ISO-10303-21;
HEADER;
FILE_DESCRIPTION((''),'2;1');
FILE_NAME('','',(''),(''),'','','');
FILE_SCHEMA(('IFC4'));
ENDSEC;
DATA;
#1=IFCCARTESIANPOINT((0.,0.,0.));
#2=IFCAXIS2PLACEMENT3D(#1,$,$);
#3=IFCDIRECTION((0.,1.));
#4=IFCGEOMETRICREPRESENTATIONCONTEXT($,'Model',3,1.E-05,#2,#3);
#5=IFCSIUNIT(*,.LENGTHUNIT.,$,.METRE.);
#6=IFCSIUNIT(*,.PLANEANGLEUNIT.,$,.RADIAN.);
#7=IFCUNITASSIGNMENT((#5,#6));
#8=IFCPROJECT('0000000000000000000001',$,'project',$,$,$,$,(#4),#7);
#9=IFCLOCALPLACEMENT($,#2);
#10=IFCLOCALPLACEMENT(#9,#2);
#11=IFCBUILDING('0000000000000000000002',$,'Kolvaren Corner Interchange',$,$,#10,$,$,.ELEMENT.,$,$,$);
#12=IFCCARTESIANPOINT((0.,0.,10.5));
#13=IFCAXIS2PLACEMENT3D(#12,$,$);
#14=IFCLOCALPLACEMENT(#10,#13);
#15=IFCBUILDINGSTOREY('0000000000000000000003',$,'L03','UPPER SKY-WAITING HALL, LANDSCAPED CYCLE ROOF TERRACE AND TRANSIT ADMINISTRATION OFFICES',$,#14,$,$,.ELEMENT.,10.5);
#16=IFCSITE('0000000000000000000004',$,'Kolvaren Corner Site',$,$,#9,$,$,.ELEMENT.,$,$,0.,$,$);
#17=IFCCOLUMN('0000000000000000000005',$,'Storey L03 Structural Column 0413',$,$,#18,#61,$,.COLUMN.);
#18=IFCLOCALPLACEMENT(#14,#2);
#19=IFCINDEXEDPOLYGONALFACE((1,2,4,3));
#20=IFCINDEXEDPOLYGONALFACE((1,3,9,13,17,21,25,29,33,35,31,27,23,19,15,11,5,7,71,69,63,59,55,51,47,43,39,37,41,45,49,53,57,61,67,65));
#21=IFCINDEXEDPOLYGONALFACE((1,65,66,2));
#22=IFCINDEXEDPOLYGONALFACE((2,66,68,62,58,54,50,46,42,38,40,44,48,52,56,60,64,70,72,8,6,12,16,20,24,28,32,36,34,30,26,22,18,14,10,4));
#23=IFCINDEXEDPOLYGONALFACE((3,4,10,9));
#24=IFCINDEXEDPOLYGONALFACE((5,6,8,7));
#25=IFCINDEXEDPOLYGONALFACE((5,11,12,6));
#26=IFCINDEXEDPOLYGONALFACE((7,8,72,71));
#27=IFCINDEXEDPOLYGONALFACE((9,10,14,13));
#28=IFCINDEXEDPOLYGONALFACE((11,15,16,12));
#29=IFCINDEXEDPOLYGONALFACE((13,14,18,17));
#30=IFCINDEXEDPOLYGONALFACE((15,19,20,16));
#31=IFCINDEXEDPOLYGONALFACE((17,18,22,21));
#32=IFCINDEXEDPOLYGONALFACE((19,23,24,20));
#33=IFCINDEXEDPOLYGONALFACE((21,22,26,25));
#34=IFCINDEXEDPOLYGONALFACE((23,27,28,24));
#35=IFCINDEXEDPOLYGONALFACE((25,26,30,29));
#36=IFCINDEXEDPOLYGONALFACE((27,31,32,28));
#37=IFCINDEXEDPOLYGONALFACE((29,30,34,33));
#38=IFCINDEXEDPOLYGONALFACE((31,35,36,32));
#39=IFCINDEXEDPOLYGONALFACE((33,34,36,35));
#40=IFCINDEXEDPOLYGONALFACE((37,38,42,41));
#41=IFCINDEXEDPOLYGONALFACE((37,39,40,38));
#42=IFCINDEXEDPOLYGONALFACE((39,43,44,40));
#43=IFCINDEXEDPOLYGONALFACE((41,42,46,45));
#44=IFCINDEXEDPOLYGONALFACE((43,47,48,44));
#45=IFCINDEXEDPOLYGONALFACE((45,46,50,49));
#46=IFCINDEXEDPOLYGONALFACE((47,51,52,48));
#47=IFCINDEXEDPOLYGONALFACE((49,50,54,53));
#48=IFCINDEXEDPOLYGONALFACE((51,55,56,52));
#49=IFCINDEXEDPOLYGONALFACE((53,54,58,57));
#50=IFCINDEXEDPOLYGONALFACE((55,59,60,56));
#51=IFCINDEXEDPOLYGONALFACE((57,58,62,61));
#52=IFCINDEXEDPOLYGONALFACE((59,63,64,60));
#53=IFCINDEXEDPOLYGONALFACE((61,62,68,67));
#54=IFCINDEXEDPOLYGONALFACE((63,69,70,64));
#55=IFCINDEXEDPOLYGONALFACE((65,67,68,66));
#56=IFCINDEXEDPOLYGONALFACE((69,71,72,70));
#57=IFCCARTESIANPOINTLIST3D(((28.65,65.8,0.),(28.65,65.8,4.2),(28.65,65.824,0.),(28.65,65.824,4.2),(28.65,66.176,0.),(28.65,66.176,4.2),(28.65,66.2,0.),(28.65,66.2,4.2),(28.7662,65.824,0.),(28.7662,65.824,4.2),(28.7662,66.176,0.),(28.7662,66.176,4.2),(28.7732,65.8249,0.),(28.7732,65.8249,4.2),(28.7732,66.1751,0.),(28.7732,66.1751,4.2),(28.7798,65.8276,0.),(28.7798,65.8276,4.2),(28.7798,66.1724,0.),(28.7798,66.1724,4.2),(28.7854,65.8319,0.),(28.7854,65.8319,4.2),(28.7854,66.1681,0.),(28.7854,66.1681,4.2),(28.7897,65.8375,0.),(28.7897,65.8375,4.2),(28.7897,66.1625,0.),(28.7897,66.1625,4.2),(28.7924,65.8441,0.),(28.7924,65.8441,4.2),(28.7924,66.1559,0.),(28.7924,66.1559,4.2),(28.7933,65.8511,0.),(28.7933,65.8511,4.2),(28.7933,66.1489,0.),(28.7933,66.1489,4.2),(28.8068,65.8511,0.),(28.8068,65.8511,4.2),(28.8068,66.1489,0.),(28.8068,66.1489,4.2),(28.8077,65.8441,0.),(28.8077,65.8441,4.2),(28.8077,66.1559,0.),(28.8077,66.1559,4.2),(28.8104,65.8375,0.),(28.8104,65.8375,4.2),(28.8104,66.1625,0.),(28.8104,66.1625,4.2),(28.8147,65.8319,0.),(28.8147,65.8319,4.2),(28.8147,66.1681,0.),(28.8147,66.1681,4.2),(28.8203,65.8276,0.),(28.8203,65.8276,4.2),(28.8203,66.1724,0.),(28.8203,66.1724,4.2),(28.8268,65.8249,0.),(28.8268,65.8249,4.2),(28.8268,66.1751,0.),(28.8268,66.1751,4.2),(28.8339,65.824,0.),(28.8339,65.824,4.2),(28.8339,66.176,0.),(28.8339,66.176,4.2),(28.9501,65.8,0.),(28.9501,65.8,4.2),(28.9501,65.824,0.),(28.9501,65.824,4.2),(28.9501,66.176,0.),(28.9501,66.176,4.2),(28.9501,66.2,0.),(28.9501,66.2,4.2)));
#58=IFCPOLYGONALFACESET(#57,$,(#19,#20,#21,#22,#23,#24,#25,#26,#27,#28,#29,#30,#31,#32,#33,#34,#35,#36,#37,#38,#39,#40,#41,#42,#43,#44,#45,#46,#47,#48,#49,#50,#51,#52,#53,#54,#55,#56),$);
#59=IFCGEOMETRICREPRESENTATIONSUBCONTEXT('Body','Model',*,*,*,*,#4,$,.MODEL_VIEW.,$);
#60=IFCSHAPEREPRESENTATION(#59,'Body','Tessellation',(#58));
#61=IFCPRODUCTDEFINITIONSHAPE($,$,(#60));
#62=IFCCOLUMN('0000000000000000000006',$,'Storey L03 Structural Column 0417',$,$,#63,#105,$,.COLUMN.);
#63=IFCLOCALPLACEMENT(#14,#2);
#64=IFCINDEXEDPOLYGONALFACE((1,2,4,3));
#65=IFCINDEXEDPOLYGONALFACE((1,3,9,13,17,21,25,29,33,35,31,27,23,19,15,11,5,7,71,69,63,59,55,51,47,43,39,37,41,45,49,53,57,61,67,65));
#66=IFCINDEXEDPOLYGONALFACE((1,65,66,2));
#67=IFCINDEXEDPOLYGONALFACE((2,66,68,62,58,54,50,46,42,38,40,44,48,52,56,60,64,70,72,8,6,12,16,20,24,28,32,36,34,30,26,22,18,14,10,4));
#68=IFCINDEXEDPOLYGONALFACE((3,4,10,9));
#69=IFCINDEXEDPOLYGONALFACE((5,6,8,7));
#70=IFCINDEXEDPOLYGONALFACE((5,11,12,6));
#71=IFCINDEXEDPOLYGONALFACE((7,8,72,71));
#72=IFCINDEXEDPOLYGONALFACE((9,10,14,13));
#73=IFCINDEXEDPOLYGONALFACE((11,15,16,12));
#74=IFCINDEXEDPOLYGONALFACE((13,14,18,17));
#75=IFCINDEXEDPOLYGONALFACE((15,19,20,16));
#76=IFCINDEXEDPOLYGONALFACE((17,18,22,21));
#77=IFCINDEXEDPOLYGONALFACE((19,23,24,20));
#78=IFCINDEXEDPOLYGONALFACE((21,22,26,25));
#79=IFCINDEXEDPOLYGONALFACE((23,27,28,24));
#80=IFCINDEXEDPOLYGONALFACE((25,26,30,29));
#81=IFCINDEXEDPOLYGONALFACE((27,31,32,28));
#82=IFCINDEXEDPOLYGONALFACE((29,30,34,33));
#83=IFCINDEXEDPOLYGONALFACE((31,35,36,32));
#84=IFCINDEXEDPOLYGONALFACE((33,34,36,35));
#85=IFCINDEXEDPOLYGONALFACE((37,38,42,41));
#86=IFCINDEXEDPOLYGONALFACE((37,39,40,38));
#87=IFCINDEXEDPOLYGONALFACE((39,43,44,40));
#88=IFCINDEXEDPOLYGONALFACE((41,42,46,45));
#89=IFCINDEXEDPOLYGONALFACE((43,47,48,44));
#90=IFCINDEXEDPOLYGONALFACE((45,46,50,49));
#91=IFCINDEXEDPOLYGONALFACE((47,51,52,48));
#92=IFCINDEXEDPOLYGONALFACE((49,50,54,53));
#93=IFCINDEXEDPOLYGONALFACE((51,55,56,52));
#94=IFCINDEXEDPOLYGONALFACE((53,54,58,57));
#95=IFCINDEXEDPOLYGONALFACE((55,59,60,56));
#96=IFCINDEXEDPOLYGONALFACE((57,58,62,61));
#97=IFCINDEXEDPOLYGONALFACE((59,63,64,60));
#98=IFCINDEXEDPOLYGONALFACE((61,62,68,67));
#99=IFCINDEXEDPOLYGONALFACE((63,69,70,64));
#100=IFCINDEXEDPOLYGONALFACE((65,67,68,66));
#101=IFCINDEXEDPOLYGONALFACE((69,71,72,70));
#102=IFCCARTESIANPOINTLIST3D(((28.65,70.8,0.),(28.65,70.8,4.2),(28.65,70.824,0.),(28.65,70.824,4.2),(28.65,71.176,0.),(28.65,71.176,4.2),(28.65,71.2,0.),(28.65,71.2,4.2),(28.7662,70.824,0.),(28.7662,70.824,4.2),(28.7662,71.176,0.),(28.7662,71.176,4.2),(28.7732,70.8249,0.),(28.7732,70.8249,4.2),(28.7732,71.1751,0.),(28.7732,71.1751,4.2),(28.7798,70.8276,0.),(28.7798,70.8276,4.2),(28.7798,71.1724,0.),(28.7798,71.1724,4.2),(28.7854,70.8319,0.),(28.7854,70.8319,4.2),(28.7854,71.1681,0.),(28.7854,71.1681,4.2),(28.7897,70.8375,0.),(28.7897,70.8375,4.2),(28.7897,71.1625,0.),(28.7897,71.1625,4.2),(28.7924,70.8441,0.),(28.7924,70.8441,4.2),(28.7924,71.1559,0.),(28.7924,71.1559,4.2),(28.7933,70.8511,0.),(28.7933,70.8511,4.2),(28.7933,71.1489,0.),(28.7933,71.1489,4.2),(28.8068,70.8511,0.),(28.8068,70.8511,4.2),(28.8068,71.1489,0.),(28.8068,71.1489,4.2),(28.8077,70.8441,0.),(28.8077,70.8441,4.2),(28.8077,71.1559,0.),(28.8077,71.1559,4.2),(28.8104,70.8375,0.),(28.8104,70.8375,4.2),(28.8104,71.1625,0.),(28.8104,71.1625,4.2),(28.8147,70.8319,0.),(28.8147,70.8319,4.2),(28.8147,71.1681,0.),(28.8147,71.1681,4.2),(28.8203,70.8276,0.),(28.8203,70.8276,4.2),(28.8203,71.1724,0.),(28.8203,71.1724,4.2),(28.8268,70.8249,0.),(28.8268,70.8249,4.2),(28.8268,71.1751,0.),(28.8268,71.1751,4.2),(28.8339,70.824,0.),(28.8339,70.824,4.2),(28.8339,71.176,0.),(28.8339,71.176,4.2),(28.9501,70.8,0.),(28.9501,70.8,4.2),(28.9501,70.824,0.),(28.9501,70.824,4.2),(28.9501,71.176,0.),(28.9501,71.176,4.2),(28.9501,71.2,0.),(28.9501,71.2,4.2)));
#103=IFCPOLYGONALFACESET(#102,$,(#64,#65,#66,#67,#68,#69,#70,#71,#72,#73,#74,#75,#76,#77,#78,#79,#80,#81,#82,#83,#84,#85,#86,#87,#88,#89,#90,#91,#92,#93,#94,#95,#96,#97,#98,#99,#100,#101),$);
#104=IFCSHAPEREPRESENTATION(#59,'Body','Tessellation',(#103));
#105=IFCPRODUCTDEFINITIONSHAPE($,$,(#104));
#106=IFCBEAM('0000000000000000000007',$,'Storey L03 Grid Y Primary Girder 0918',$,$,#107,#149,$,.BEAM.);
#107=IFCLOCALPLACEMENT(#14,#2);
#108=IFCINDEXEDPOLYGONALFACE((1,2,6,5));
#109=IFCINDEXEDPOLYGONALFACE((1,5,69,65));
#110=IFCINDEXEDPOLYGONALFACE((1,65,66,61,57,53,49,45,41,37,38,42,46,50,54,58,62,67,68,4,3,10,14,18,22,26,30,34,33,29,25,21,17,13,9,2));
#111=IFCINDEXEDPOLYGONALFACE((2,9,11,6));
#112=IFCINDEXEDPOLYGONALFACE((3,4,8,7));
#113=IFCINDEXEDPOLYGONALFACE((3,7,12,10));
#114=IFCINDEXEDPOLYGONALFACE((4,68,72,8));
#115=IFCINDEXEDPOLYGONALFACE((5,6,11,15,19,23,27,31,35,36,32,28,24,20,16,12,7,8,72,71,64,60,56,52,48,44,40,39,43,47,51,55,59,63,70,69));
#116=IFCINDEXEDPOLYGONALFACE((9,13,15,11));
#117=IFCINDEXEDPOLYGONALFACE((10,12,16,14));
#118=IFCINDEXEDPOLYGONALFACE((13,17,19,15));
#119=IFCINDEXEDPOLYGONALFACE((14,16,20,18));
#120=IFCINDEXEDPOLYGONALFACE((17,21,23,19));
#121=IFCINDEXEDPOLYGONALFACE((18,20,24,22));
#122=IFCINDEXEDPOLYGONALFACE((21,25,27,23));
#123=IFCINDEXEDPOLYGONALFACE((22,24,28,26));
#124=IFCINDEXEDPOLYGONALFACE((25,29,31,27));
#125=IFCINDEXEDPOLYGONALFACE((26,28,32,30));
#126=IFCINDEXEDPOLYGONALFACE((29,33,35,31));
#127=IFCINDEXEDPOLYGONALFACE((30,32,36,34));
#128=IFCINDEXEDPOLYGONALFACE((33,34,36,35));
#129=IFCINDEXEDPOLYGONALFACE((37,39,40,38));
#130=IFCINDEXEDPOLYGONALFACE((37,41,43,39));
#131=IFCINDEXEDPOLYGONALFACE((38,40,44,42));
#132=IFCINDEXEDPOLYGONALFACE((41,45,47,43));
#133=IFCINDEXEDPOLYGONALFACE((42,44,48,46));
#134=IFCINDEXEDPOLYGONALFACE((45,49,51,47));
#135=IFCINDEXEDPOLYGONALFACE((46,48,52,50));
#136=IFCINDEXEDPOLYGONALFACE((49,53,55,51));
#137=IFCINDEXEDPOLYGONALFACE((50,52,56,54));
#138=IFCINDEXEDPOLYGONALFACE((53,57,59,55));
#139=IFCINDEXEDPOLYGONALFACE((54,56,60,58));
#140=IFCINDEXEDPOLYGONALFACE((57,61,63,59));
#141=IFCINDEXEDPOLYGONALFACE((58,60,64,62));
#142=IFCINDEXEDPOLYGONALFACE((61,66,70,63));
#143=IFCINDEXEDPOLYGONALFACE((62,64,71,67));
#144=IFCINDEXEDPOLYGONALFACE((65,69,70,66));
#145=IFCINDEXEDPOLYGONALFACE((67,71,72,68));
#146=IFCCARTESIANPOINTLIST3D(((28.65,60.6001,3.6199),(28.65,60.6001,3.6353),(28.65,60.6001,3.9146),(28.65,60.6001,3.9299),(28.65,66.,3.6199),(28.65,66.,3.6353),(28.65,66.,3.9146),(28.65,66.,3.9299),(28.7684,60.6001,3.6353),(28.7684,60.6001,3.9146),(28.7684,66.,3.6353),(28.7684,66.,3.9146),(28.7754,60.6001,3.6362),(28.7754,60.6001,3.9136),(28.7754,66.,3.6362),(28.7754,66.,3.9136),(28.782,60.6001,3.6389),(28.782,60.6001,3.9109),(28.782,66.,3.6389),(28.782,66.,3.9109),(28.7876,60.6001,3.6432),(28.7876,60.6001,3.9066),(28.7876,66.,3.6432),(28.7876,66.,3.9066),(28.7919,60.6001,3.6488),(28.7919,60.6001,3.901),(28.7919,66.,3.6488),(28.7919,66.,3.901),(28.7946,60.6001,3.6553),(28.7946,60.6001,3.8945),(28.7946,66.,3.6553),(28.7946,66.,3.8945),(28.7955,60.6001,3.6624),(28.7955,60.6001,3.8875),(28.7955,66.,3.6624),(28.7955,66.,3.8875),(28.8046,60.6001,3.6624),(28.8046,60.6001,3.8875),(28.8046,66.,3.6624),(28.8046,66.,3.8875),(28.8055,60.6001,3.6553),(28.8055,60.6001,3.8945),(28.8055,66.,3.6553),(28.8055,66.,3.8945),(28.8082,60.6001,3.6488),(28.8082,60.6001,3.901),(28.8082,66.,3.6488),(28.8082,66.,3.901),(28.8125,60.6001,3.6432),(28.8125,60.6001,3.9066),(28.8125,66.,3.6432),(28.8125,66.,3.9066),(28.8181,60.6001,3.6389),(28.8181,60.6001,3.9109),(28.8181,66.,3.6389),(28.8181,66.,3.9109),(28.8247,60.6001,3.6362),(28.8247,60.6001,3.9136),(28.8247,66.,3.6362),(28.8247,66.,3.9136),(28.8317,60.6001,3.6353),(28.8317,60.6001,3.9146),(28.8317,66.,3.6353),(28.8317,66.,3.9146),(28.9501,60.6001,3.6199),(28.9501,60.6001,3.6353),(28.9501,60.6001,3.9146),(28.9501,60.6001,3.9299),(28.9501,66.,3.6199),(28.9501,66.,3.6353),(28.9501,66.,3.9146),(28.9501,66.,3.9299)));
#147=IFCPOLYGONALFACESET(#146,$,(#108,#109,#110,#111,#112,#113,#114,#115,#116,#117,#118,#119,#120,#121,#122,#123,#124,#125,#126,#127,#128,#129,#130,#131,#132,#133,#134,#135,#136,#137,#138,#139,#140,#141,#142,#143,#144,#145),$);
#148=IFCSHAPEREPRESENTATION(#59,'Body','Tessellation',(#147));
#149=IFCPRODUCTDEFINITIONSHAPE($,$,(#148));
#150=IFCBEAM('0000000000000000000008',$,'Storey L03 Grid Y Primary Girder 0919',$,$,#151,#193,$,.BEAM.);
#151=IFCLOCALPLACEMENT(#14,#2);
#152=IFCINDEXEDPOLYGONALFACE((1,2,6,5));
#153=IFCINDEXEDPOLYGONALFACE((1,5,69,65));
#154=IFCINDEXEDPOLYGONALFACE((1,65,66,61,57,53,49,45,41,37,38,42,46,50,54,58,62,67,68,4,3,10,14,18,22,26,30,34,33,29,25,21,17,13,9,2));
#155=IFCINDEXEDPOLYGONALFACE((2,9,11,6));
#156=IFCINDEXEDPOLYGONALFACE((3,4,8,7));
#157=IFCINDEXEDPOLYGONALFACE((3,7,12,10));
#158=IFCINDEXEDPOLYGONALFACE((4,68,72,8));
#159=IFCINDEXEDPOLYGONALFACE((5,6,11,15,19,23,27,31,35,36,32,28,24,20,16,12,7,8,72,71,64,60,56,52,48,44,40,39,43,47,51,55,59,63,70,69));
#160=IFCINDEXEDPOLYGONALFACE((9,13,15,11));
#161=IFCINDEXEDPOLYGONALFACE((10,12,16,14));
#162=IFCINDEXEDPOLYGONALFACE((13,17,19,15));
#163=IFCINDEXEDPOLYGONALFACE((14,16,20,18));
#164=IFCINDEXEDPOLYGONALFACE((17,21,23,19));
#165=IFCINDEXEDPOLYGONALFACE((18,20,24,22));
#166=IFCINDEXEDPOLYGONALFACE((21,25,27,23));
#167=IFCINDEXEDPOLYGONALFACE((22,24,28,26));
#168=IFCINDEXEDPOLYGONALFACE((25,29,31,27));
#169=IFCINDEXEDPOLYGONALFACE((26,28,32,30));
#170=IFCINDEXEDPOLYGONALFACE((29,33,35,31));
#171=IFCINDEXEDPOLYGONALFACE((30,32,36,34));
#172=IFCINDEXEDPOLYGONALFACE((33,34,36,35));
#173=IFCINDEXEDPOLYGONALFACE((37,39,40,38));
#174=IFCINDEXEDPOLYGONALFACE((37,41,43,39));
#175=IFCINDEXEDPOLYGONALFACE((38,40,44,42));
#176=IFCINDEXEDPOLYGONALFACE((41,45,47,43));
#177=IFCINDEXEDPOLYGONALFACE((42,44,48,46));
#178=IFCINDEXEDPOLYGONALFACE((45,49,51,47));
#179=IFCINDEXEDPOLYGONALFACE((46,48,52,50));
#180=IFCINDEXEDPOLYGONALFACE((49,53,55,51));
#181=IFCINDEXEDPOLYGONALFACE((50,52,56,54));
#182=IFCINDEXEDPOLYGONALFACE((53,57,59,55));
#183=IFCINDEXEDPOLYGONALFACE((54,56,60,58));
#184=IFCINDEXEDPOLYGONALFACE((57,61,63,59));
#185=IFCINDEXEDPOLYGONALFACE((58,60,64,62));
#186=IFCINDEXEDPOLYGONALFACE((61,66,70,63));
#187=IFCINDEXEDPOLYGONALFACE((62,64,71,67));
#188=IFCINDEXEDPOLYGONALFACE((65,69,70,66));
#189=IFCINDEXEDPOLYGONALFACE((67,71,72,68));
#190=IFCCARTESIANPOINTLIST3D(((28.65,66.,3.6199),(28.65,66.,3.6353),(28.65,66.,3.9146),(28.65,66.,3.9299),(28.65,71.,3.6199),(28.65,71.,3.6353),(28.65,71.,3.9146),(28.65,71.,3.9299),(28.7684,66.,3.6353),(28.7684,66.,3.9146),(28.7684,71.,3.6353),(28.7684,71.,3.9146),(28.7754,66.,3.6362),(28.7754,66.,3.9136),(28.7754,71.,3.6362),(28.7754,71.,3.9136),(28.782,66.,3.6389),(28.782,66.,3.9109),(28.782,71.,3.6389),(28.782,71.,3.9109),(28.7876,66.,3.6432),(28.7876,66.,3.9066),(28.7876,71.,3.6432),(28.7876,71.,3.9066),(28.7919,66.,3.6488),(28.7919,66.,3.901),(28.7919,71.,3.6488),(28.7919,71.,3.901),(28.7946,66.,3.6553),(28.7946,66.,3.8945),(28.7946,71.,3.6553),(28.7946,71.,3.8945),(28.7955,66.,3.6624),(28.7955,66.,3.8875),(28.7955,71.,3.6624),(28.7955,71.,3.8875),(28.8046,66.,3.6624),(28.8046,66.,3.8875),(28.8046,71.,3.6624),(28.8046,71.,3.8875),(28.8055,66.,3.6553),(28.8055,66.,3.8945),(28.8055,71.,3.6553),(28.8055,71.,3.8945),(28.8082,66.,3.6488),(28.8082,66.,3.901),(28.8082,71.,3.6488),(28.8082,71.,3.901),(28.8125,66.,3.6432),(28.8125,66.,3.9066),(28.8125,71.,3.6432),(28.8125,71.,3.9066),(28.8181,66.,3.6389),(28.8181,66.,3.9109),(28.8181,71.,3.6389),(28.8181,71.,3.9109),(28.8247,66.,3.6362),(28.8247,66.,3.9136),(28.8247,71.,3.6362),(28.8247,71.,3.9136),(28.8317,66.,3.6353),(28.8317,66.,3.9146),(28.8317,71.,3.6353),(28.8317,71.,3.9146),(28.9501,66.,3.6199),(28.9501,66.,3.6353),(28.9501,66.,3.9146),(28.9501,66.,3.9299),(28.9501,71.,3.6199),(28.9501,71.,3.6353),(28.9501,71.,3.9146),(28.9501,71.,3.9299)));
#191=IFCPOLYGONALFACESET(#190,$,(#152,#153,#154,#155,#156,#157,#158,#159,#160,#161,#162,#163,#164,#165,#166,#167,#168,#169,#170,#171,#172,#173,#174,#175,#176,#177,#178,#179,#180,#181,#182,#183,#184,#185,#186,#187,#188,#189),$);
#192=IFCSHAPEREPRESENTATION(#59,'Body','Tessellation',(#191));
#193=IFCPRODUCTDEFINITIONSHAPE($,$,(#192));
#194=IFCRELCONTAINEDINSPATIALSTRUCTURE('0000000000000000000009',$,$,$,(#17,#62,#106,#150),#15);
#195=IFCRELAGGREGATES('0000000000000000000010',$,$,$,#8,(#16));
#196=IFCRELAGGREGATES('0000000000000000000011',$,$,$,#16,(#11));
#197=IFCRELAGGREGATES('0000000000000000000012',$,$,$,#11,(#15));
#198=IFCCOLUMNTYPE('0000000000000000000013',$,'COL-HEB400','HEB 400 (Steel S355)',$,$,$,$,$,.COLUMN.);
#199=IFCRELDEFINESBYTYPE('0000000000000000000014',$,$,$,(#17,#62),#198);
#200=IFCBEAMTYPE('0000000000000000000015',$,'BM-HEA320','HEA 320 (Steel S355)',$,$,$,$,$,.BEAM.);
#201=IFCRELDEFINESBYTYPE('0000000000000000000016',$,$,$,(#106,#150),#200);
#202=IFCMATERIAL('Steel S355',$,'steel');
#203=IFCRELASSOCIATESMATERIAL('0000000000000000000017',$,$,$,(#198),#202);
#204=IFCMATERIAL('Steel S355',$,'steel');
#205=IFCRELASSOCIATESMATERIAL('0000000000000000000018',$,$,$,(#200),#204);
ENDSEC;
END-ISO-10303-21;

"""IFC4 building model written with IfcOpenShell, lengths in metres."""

from ifc_helpers import new_model, si_unit, direction, frame, origin, origin_2d, place, context, subcontext, project, spatial, i_section, extrude, material, material_profile, profile_set, type_object, element, save


model = new_model("IFC4")

# Units and contexts
model_context = context("Model", 3, precision=1e-05, world=origin(), true_north=direction((0.0, 1.0)))
body_context = subcontext(model_context, "Body", "Model", "MODEL_VIEW")
ifc_project = project(units=[si_unit("LENGTHUNIT", "METRE"), si_unit("PLANEANGLEUNIT", "RADIAN")], contexts=[model_context])

# Site, building, storey
site_placement = place(None, origin())
site = spatial("IfcSite", under=ifc_project, at=site_placement, Name="Kolvaren Corner Site", CompositionType="ELEMENT", RefElevation=0.0)
building_placement = place(site_placement, origin())
building = spatial("IfcBuilding", under=site, at=building_placement, Name="Kolvaren Corner Interchange", CompositionType="ELEMENT")
storey_placement = place(building_placement, frame((0.0, 0.0, 10.5)))
storey = spatial("IfcBuildingStorey", under=building, at=storey_placement, Name="L03", Description="UPPER SKY-WAITING HALL, LANDSCAPED CYCLE ROOF TERRACE AND TRANSIT ADMINISTRATION OFFICES", CompositionType="ELEMENT", Elevation=10.5)

# Columns
ifc_material_1 = material(Name="Steel S355", Category="steel")
ifc_material_profile_1 = material_profile(ifc_material_1, i_section(OverallWidth=0.3, OverallDepth=0.3999, WebThickness=0.0134, FlangeThickness=0.0239, FilletRadius=0.0271, at=origin_2d()), Name="HEB 400")
ifc_profile_set_1 = profile_set([ifc_material_profile_1], Name="Steel S355")
column_type_1 = type_object("IfcColumnType", Name="COL-HEB400", Description="HEB 400 (Steel S355)", PredefinedType="COLUMN", material=ifc_profile_set_1)
for number, where, z_axis, x_axis, name in (
    (1, (28.8, 66.0, 0.0), (0.0, 0.0, 1.0), (1.0, 0.0, 0.0), "Storey L03 Structural Column 0413"),
    (2, (28.8, 71.0, 0.0), (0.0, 0.0, 1.0), (1.0, 0.0, 0.0), "Storey L03 Structural Column 0417"),
):
    element("IfcColumn", number, at=place(storey_placement, frame(where, z_axis=z_axis, x_axis=x_axis)), inside=storey, type_object=column_type_1, Name=name, PredefinedType="COLUMN", context=body_context, shape_type="SweptSolid", body=[
        extrude(i_section(OverallWidth=0.3, OverallDepth=0.3999, WebThickness=0.0134, FlangeThickness=0.0239, FilletRadius=0.0271, at=origin_2d()), origin(), (0.0, 0.0, 1.0), 4.2),
    ])

# Beams
ifc_material_2 = material(Name="Steel S355", Category="steel")
ifc_material_profile_2 = material_profile(ifc_material_2, i_section(OverallWidth=0.3, OverallDepth=0.3101, WebThickness=0.009, FlangeThickness=0.0154, FilletRadius=0.0271, at=origin_2d()), Name="HEA 320")
ifc_profile_set_2 = profile_set([ifc_material_profile_2], Name="Steel S355")
beam_type_1 = type_object("IfcBeamType", Name="BM-HEA320", Description="HEA 320 (Steel S355)", PredefinedType="BEAM", material=ifc_profile_set_2)
beam_1_placement = place(storey_placement, frame((28.8, 60.6001, 3.7749), z_axis=(0.0, 1.0, 0.0), x_axis=(-1.0, 0.0, 0.0)))
element("IfcBeam", 3, at=beam_1_placement, inside=storey, type_object=beam_type_1, Name="Storey L03 Grid Y Primary Girder 0918", PredefinedType="BEAM", context=body_context, shape_type="SweptSolid", body=[
    extrude(i_section(OverallWidth=0.3, OverallDepth=0.3101, WebThickness=0.009, FlangeThickness=0.0154, FilletRadius=0.0271, at=origin_2d()), origin(), (0.0, 0.0, 1.0), 5.3999),
])
beam_2_placement = place(storey_placement, frame((28.8, 66.0, 3.7749), z_axis=(0.0, 1.0, 0.0), x_axis=(-1.0, 0.0, 0.0)))
element("IfcBeam", 4, at=beam_2_placement, inside=storey, type_object=beam_type_1, Name="Storey L03 Grid Y Primary Girder 0919", PredefinedType="BEAM", context=body_context, shape_type="SweptSolid", body=[
    extrude(i_section(OverallWidth=0.3, OverallDepth=0.3101, WebThickness=0.009, FlangeThickness=0.0154, FilletRadius=0.0271, at=origin_2d()), origin(), (0.0, 0.0, 1.0), 5.0),
])

save(model, "model.ifc")
